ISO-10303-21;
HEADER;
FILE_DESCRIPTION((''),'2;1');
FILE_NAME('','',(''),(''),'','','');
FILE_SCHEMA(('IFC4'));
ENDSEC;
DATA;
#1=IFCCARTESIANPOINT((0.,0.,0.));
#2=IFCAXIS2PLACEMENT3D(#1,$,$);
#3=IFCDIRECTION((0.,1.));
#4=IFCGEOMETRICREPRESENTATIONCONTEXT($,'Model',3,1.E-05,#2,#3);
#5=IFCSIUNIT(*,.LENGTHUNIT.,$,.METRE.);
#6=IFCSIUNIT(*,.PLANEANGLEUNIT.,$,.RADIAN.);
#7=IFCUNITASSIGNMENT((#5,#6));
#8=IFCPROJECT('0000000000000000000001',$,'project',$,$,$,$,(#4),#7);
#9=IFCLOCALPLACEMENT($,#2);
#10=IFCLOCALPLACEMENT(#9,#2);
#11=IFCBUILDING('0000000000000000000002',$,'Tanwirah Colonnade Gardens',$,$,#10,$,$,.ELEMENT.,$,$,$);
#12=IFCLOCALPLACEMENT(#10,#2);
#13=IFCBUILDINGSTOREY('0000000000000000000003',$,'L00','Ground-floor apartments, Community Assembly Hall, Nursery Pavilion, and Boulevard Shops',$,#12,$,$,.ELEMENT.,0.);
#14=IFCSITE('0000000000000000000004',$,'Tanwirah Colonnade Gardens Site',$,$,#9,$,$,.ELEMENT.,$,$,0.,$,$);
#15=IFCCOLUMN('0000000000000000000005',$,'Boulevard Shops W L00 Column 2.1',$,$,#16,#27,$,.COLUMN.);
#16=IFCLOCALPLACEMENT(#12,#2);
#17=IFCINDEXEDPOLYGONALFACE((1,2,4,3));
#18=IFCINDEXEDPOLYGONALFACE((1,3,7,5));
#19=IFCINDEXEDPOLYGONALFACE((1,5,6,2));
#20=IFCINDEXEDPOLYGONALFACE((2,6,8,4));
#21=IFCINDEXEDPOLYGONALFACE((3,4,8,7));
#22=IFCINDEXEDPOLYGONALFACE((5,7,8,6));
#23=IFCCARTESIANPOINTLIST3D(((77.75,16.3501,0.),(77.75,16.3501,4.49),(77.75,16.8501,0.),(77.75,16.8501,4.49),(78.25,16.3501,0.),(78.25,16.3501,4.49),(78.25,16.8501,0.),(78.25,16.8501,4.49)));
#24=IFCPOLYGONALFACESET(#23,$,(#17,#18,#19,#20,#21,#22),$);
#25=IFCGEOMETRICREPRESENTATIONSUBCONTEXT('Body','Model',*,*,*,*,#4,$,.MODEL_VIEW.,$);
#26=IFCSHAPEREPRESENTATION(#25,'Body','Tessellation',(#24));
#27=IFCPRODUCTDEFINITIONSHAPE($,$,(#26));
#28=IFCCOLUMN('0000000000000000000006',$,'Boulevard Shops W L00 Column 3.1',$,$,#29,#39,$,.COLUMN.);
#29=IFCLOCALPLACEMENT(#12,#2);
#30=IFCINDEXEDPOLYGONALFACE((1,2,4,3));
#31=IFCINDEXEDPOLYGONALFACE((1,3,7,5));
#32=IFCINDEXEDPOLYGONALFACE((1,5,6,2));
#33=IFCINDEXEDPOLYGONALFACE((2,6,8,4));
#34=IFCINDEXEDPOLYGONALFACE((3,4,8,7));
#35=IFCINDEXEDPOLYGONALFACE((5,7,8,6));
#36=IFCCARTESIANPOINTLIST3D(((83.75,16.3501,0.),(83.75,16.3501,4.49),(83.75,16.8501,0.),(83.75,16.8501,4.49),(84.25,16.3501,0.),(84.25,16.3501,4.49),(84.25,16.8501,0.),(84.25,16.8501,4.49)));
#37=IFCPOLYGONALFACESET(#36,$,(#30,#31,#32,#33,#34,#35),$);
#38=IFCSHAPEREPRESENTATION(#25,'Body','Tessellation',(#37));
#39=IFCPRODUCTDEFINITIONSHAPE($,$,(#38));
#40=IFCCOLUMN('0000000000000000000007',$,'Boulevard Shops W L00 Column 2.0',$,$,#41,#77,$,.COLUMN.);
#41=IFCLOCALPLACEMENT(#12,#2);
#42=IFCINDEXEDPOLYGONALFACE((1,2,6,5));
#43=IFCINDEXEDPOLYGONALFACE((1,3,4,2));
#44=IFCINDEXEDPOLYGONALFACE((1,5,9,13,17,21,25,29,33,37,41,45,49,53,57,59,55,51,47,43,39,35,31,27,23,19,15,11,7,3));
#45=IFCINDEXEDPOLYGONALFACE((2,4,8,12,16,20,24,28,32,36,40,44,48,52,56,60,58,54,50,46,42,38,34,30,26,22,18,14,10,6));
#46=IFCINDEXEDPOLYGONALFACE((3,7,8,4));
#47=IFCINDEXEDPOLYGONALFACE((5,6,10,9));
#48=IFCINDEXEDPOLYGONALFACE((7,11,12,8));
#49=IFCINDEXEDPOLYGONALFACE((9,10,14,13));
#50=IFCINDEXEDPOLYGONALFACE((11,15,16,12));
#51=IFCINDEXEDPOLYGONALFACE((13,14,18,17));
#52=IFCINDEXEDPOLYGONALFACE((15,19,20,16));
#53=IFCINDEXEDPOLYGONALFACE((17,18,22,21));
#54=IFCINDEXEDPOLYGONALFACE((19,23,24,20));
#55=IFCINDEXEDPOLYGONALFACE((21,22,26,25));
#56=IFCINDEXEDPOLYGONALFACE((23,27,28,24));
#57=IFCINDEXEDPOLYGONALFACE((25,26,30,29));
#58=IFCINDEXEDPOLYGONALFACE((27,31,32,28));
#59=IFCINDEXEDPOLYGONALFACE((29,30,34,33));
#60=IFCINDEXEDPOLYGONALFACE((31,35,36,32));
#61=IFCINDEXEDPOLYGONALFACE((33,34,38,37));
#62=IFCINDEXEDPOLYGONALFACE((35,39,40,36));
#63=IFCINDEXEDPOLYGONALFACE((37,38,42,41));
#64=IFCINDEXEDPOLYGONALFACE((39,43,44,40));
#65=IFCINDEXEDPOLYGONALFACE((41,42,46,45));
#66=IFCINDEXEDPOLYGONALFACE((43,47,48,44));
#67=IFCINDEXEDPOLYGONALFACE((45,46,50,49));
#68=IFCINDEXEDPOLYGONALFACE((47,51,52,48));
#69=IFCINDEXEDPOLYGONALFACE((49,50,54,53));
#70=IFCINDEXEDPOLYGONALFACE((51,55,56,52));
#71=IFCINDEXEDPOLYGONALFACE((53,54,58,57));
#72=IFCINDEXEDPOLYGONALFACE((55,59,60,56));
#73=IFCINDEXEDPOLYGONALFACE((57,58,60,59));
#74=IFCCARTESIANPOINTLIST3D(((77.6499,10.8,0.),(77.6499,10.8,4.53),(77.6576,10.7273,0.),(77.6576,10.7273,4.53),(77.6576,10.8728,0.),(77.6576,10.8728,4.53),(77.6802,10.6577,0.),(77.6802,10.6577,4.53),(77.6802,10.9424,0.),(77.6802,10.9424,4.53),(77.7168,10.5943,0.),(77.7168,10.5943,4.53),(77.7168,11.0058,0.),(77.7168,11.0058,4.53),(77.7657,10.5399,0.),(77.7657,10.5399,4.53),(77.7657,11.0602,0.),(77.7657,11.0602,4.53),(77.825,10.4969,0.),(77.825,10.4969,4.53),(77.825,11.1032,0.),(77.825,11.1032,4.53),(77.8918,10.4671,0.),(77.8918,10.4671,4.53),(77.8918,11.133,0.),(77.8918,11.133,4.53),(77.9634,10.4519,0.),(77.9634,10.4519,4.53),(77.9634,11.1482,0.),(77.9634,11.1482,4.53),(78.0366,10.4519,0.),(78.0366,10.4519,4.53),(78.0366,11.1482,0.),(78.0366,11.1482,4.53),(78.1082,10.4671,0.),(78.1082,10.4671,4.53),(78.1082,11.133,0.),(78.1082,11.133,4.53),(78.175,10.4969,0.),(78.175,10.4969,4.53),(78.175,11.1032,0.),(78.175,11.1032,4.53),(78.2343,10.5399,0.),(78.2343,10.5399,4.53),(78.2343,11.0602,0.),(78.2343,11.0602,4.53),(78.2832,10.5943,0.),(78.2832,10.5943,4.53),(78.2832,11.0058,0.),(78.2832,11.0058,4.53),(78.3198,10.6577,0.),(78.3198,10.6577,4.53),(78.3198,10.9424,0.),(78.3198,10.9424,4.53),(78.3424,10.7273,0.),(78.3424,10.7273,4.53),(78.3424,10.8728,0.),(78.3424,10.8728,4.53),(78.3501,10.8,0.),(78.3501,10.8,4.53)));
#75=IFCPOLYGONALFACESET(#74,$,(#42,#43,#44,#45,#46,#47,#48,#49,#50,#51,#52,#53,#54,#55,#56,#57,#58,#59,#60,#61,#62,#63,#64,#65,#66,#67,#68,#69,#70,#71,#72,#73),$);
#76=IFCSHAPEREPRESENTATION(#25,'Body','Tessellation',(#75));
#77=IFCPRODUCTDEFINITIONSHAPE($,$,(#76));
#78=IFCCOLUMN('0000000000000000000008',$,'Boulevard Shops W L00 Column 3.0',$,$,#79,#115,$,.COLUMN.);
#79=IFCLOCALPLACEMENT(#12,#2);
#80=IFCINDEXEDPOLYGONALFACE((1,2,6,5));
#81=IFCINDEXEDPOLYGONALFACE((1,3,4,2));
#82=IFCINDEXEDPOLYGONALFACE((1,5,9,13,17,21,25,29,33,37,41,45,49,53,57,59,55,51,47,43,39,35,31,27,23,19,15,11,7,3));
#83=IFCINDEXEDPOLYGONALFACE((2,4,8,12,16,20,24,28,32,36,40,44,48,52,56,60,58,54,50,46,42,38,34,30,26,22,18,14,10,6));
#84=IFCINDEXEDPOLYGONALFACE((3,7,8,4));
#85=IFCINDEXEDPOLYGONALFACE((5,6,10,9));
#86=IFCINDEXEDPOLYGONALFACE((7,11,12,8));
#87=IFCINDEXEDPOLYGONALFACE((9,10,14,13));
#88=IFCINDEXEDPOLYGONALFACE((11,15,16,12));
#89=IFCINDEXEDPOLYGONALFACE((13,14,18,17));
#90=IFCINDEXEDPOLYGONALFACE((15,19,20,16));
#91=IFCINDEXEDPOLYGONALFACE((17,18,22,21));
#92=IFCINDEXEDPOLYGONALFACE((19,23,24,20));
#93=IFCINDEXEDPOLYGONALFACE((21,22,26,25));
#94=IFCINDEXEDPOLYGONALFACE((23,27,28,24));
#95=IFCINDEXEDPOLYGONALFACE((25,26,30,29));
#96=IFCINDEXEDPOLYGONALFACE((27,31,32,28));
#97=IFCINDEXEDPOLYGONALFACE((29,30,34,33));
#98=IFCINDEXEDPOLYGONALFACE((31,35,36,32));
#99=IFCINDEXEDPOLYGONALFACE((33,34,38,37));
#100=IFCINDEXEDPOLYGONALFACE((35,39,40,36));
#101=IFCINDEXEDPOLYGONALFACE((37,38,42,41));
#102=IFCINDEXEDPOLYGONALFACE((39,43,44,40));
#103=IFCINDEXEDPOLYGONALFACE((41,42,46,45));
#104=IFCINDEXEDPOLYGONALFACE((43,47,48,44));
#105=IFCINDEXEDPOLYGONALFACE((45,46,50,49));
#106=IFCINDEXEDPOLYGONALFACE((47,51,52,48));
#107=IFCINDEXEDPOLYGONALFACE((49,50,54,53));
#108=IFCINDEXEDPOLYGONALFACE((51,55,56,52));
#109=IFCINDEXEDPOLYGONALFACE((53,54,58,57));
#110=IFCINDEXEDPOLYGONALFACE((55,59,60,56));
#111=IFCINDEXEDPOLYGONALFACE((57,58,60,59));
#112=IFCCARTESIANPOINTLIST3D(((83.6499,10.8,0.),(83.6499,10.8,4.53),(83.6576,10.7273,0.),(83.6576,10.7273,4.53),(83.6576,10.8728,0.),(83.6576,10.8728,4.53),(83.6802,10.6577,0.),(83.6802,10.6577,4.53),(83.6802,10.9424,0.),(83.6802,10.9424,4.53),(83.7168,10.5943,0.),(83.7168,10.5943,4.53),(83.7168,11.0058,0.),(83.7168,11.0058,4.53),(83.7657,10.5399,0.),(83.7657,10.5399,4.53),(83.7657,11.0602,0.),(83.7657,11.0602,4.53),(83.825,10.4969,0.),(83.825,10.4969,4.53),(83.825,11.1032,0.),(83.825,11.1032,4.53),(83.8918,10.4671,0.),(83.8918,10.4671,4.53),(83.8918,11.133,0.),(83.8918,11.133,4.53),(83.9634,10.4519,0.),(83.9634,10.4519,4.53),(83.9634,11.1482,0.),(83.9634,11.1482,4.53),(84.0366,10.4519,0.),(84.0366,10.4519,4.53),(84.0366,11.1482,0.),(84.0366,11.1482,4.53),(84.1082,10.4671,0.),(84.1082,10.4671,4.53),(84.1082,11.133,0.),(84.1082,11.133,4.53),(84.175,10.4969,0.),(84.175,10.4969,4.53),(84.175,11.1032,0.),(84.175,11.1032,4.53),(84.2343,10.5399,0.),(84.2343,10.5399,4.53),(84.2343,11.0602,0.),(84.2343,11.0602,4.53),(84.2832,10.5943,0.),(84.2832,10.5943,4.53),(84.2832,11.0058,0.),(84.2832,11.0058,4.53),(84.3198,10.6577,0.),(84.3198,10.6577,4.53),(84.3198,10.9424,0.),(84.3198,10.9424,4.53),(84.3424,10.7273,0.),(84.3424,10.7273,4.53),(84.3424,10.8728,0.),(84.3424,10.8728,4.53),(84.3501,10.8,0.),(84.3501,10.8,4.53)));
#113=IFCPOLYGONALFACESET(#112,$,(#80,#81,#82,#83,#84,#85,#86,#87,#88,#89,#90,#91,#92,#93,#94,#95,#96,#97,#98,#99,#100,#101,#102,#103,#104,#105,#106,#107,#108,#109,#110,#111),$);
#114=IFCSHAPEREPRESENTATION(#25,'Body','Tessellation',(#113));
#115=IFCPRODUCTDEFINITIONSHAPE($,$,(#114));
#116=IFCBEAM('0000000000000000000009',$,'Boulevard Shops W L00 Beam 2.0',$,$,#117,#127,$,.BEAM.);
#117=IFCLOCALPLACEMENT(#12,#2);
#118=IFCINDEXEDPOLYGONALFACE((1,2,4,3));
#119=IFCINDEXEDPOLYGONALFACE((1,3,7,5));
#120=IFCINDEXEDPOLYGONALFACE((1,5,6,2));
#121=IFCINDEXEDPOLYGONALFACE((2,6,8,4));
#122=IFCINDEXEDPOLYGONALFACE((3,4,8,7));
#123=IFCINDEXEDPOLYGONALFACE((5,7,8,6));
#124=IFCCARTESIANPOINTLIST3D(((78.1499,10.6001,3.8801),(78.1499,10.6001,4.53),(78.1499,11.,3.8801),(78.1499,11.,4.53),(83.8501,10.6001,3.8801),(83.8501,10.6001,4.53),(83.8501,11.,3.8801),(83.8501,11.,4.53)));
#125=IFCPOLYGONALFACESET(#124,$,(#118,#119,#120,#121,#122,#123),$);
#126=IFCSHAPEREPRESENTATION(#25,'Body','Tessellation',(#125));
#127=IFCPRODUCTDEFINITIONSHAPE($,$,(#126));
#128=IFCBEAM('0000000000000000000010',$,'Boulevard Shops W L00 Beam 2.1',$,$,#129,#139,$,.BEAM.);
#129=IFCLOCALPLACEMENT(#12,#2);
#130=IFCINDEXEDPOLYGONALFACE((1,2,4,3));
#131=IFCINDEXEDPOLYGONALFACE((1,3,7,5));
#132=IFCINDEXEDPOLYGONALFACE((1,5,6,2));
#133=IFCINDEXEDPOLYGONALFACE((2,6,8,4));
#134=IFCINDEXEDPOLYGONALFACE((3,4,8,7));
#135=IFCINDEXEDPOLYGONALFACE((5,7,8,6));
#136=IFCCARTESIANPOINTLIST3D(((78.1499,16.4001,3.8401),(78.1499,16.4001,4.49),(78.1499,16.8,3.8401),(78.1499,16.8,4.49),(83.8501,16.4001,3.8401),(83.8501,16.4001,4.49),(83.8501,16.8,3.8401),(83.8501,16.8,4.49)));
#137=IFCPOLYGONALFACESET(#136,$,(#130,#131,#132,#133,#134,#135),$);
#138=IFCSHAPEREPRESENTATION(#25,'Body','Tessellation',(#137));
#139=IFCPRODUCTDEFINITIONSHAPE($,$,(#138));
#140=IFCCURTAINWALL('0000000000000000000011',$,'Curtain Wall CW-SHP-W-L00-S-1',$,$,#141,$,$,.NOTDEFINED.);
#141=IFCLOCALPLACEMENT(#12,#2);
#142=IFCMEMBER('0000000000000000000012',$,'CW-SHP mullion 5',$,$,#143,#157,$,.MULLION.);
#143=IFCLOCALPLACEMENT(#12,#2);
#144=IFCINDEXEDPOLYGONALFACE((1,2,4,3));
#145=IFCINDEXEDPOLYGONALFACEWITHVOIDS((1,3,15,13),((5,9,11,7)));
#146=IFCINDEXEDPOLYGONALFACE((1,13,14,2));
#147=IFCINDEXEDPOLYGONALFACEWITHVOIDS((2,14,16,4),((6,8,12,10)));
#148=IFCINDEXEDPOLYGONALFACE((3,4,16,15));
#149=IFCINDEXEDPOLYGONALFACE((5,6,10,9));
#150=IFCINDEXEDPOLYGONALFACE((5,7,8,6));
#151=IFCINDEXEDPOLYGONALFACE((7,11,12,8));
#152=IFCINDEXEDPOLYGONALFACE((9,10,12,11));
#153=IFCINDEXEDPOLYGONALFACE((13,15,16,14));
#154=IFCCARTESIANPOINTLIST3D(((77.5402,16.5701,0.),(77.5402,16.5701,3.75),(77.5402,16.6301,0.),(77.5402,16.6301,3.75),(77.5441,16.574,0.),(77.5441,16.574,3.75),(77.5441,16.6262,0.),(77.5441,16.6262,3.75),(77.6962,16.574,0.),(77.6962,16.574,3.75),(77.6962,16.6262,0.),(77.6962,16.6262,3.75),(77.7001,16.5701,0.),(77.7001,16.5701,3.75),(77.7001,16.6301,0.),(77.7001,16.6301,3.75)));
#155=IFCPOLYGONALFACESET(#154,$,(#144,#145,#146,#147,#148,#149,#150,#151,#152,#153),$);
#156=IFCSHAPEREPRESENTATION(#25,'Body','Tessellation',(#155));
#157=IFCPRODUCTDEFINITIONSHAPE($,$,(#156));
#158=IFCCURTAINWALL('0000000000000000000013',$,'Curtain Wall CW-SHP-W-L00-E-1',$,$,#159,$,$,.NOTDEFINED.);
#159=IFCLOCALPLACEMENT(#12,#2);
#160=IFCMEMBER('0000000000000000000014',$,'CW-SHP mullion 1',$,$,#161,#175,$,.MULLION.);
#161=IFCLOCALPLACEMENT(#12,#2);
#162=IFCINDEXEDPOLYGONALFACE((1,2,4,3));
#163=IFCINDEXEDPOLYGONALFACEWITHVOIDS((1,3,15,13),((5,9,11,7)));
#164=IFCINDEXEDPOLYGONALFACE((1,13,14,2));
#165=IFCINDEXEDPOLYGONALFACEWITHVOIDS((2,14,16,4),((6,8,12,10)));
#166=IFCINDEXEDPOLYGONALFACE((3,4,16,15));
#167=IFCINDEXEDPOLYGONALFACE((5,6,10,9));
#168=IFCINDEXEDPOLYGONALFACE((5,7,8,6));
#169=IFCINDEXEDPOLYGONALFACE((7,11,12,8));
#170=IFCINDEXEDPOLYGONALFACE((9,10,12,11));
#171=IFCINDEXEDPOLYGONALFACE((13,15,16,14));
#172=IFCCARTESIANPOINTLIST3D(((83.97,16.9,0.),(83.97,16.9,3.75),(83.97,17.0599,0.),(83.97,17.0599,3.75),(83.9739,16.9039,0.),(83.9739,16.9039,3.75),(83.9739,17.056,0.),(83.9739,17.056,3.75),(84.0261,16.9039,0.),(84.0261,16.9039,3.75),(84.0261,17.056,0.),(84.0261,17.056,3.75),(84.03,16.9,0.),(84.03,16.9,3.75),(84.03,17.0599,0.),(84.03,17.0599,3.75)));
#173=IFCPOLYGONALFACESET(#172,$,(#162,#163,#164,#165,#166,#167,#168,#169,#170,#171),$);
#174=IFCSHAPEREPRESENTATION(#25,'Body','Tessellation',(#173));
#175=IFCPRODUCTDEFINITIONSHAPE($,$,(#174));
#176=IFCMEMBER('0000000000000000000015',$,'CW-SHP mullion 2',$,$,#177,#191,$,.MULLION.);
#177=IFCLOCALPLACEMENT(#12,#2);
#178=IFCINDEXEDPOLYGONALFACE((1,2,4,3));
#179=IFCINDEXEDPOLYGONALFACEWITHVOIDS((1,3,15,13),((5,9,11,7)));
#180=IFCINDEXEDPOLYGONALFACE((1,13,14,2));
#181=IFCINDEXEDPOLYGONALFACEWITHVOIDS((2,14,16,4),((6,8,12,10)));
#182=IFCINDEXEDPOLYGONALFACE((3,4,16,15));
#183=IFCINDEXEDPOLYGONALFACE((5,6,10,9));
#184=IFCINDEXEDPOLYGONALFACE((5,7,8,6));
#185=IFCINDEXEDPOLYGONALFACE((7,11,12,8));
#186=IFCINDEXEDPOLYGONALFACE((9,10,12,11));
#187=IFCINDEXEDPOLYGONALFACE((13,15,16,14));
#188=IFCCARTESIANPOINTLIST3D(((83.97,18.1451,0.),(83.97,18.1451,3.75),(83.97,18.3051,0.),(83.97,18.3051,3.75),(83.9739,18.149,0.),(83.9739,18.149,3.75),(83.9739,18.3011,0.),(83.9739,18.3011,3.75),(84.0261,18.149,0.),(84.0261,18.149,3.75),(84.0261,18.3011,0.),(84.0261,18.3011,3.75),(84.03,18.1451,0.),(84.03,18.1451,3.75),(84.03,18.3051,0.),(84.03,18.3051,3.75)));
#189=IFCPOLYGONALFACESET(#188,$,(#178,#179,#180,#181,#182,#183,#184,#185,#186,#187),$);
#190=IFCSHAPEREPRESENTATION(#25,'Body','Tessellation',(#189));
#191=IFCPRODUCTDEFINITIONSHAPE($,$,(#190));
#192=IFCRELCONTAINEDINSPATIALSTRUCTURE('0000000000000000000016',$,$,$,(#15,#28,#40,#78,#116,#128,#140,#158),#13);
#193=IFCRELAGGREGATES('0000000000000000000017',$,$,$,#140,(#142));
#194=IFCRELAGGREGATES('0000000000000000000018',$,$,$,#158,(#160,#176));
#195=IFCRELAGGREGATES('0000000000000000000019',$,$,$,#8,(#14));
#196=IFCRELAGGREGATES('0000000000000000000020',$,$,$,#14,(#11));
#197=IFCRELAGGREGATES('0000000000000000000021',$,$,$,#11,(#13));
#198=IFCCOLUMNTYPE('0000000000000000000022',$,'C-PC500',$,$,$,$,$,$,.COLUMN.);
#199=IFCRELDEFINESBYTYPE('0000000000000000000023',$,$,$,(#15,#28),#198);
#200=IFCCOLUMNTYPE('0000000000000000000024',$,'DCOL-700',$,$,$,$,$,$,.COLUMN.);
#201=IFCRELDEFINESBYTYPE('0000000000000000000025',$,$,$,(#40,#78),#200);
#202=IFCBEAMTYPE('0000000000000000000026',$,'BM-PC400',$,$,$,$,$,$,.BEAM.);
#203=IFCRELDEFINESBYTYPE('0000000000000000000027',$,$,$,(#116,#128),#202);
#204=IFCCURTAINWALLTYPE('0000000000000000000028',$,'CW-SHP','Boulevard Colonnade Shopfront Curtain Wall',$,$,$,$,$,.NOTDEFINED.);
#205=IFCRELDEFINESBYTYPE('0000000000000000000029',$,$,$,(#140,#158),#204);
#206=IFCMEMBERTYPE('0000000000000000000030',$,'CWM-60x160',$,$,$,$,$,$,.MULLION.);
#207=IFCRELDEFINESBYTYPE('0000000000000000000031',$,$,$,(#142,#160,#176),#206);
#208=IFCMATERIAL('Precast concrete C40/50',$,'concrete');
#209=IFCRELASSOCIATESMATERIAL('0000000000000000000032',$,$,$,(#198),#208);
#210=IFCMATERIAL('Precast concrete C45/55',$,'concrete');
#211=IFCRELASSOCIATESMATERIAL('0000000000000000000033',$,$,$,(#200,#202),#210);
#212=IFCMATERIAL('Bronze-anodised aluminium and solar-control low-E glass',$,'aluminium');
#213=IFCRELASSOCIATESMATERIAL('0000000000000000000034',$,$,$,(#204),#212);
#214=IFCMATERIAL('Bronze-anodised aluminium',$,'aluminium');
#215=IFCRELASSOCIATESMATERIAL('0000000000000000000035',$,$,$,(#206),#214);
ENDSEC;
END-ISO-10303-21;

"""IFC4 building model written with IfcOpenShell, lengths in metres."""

from ifc_helpers import new_model, si_unit, direction, frame, origin, origin_2d, place, context, subcontext, project, spatial, rectangle, hollow_rectangle, circle, extrude, material, material_profile, profile_set, type_object, element, aggregate, save


model = new_model("IFC4")

# Units and contexts
model_context = context("Model", 3, precision=1e-05, world=origin(), true_north=direction((0.0, 1.0)))
body_context = subcontext(model_context, "Body", "Model", "MODEL_VIEW")
ifc_project = project(units=[si_unit("LENGTHUNIT", "METRE"), si_unit("PLANEANGLEUNIT", "RADIAN")], contexts=[model_context])

# Site, building, storey
site_placement = place(None, origin())
site = spatial("IfcSite", under=ifc_project, at=site_placement, Name="Tanwirah Colonnade Gardens Site", CompositionType="ELEMENT", RefElevation=0.0)
building_placement = place(site_placement, origin())
building = spatial("IfcBuilding", under=site, at=building_placement, Name="Tanwirah Colonnade Gardens", CompositionType="ELEMENT")
storey_placement = place(building_placement, origin())
storey = spatial("IfcBuildingStorey", under=building, at=storey_placement, Name="L00", Description="Ground-floor apartments, Community Assembly Hall, Nursery Pavilion, and Boulevard Shops", CompositionType="ELEMENT", Elevation=0.0)

# Columns
ifc_material_1 = material(Name="Precast concrete C40/50", Category="concrete")
ifc_material_profile_1 = material_profile(ifc_material_1, rectangle(XDim=0.5, YDim=0.5, at=origin_2d()), Name="PC-COL 500x500")
ifc_profile_set_1 = profile_set([ifc_material_profile_1], Name="Precast concrete C40/50")
column_type_1 = type_object("IfcColumnType", Name="C-PC500", PredefinedType="COLUMN", material=ifc_profile_set_1)
for number, where, z_axis, x_axis, name in (
    (1, (78.0, 16.6001, 0.0), (0.0, 0.0, 1.0), (1.0, 0.0, 0.0), "Boulevard Shops W L00 Column 2.1"),
    (2, (84.0, 16.6001, 0.0), (0.0, 0.0, 1.0), (1.0, 0.0, 0.0), "Boulevard Shops W L00 Column 3.1"),
):
    element("IfcColumn", number, at=place(storey_placement, frame(where, z_axis=z_axis, x_axis=x_axis)), inside=storey, type_object=column_type_1, Name=name, PredefinedType="COLUMN", context=body_context, shape_type="SweptSolid", body=[
        extrude(rectangle(XDim=0.5, YDim=0.5, at=origin_2d()), origin(), (0.0, 0.0, 1.0), 4.49),
    ])
ifc_material_2 = material(Name="Precast concrete C45/55", Category="concrete")
ifc_material_profile_2 = material_profile(ifc_material_2, circle(Radius=0.3501, at=origin_2d()), Name="PC-DCOL D700")
ifc_profile_set_2 = profile_set([ifc_material_profile_2], Name="Precast concrete C45/55")
column_type_2 = type_object("IfcColumnType", Name="DCOL-700", PredefinedType="COLUMN", material=ifc_profile_set_2)
for number, where, z_axis, x_axis, name in (
    (3, (78.0, 10.8, 0.0), (0.0, 0.0, 1.0), (1.0, 0.0, 0.0), "Boulevard Shops W L00 Column 2.0"),
    (4, (84.0, 10.8, 0.0), (0.0, 0.0, 1.0), (1.0, 0.0, 0.0), "Boulevard Shops W L00 Column 3.0"),
):
    element("IfcColumn", number, at=place(storey_placement, frame(where, z_axis=z_axis, x_axis=x_axis)), inside=storey, type_object=column_type_2, Name=name, PredefinedType="COLUMN", context=body_context, shape_type="SweptSolid", body=[
        extrude(circle(Radius=0.3501, at=origin_2d()), origin(), (0.0, 0.0, 1.0), 4.53),
    ])

# Beams
ifc_material_profile_3 = material_profile(ifc_material_2, rectangle(XDim=0.3999, YDim=0.6499, at=origin_2d()), Name="PC-BM 400x650")
ifc_profile_set_3 = profile_set([ifc_material_profile_3], Name="Precast concrete C45/55")
beam_type = type_object("IfcBeamType", Name="BM-PC400", PredefinedType="BEAM", material=ifc_profile_set_3)
for number, where, z_axis, x_axis, name in (
    (5, (78.1499, 10.8, 4.2051), (1.0, 0.0, 0.0), (0.0, 1.0, 0.0), "Boulevard Shops W L00 Beam 2.0"),
    (6, (78.1499, 16.6001, 4.165), (1.0, 0.0, 0.0), (0.0, 1.0, 0.0), "Boulevard Shops W L00 Beam 2.1"),
):
    element("IfcBeam", number, at=place(storey_placement, frame(where, z_axis=z_axis, x_axis=x_axis)), inside=storey, type_object=beam_type, Name=name, PredefinedType="BEAM", context=body_context, shape_type="SweptSolid", body=[
        extrude(rectangle(XDim=0.3999, YDim=0.6499, at=origin_2d()), origin(), (0.0, 0.0, 1.0), 5.7002),
    ])

# Curtain wall, member
ifc_material_3 = material(Name="Bronze-anodised aluminium and solar-control low-E glass", Category="aluminium")
curtain_wall_type = type_object("IfcCurtainWallType", Name="CW-SHP", Description="Boulevard Colonnade Shopfront Curtain Wall", PredefinedType="NOTDEFINED", material=ifc_material_3)
curtain_wall_1_placement = place(storey_placement, origin())
curtain_wall_1 = element("IfcCurtainWall", 7, at=curtain_wall_1_placement, inside=storey, type_object=curtain_wall_type, Name="Curtain Wall CW-SHP-W-L00-S-1", PredefinedType="NOTDEFINED")
ifc_material_4 = material(Name="Bronze-anodised aluminium", Category="aluminium")
ifc_material_profile_4 = material_profile(ifc_material_4, hollow_rectangle(XDim=0.0601, YDim=0.1599, WallThickness=0.0039, at=origin_2d()), Name="CW-MUL 60x160x4")
ifc_profile_set_4 = profile_set([ifc_material_profile_4], Name="Bronze-anodised aluminium")
member_type_1 = type_object("IfcMemberType", Name="CWM-60x160", PredefinedType="MULLION", material=ifc_profile_set_4)
member_1_placement = place(storey_placement, frame((77.6201, 16.6001, 0.0), z_axis=(0.0, 0.0, 1.0), x_axis=(0.0, 1.0, 0.0)))
member_1 = element("IfcMember", 8, at=member_1_placement, type_object=member_type_1, Name="CW-SHP mullion 5", PredefinedType="MULLION", context=body_context, shape_type="SweptSolid", body=[
    extrude(hollow_rectangle(XDim=0.0601, YDim=0.1599, WallThickness=0.0039, at=origin_2d()), origin(), (0.0, 0.0, 1.0), 3.75),
])

# Curtain wall, members
curtain_wall_2_placement = place(storey_placement, origin())
curtain_wall_2 = element("IfcCurtainWall", 9, at=curtain_wall_2_placement, inside=storey, type_object=curtain_wall_type, Name="Curtain Wall CW-SHP-W-L00-E-1", PredefinedType="NOTDEFINED")
member_2_placement = place(storey_placement, frame((84.0, 16.98, 0.0), z_axis=(0.0, 0.0, 1.0), x_axis=(-1.0, 0.0, 0.0)))
member_2 = element("IfcMember", 10, at=member_2_placement, type_object=member_type_1, Name="CW-SHP mullion 1", PredefinedType="MULLION", context=body_context, shape_type="SweptSolid", body=[
    extrude(hollow_rectangle(XDim=0.0601, YDim=0.1599, WallThickness=0.0039, at=origin_2d()), origin(), (0.0, 0.0, 1.0), 3.75),
])
member_3_placement = place(storey_placement, frame((84.0, 18.2251, 0.0), z_axis=(0.0, 0.0, 1.0), x_axis=(-1.0, 0.0, 0.0)))
member_3 = element("IfcMember", 11, at=member_3_placement, type_object=member_type_1, Name="CW-SHP mullion 2", PredefinedType="MULLION", context=body_context, shape_type="SweptSolid", body=[
    extrude(hollow_rectangle(XDim=0.0601, YDim=0.1599, WallThickness=0.0039, at=origin_2d()), origin(), (0.0, 0.0, 1.0), 3.75),
])

aggregate(curtain_wall_1, [member_1])
aggregate(curtain_wall_2, [member_2, member_3])

save(model, "model.ifc")
